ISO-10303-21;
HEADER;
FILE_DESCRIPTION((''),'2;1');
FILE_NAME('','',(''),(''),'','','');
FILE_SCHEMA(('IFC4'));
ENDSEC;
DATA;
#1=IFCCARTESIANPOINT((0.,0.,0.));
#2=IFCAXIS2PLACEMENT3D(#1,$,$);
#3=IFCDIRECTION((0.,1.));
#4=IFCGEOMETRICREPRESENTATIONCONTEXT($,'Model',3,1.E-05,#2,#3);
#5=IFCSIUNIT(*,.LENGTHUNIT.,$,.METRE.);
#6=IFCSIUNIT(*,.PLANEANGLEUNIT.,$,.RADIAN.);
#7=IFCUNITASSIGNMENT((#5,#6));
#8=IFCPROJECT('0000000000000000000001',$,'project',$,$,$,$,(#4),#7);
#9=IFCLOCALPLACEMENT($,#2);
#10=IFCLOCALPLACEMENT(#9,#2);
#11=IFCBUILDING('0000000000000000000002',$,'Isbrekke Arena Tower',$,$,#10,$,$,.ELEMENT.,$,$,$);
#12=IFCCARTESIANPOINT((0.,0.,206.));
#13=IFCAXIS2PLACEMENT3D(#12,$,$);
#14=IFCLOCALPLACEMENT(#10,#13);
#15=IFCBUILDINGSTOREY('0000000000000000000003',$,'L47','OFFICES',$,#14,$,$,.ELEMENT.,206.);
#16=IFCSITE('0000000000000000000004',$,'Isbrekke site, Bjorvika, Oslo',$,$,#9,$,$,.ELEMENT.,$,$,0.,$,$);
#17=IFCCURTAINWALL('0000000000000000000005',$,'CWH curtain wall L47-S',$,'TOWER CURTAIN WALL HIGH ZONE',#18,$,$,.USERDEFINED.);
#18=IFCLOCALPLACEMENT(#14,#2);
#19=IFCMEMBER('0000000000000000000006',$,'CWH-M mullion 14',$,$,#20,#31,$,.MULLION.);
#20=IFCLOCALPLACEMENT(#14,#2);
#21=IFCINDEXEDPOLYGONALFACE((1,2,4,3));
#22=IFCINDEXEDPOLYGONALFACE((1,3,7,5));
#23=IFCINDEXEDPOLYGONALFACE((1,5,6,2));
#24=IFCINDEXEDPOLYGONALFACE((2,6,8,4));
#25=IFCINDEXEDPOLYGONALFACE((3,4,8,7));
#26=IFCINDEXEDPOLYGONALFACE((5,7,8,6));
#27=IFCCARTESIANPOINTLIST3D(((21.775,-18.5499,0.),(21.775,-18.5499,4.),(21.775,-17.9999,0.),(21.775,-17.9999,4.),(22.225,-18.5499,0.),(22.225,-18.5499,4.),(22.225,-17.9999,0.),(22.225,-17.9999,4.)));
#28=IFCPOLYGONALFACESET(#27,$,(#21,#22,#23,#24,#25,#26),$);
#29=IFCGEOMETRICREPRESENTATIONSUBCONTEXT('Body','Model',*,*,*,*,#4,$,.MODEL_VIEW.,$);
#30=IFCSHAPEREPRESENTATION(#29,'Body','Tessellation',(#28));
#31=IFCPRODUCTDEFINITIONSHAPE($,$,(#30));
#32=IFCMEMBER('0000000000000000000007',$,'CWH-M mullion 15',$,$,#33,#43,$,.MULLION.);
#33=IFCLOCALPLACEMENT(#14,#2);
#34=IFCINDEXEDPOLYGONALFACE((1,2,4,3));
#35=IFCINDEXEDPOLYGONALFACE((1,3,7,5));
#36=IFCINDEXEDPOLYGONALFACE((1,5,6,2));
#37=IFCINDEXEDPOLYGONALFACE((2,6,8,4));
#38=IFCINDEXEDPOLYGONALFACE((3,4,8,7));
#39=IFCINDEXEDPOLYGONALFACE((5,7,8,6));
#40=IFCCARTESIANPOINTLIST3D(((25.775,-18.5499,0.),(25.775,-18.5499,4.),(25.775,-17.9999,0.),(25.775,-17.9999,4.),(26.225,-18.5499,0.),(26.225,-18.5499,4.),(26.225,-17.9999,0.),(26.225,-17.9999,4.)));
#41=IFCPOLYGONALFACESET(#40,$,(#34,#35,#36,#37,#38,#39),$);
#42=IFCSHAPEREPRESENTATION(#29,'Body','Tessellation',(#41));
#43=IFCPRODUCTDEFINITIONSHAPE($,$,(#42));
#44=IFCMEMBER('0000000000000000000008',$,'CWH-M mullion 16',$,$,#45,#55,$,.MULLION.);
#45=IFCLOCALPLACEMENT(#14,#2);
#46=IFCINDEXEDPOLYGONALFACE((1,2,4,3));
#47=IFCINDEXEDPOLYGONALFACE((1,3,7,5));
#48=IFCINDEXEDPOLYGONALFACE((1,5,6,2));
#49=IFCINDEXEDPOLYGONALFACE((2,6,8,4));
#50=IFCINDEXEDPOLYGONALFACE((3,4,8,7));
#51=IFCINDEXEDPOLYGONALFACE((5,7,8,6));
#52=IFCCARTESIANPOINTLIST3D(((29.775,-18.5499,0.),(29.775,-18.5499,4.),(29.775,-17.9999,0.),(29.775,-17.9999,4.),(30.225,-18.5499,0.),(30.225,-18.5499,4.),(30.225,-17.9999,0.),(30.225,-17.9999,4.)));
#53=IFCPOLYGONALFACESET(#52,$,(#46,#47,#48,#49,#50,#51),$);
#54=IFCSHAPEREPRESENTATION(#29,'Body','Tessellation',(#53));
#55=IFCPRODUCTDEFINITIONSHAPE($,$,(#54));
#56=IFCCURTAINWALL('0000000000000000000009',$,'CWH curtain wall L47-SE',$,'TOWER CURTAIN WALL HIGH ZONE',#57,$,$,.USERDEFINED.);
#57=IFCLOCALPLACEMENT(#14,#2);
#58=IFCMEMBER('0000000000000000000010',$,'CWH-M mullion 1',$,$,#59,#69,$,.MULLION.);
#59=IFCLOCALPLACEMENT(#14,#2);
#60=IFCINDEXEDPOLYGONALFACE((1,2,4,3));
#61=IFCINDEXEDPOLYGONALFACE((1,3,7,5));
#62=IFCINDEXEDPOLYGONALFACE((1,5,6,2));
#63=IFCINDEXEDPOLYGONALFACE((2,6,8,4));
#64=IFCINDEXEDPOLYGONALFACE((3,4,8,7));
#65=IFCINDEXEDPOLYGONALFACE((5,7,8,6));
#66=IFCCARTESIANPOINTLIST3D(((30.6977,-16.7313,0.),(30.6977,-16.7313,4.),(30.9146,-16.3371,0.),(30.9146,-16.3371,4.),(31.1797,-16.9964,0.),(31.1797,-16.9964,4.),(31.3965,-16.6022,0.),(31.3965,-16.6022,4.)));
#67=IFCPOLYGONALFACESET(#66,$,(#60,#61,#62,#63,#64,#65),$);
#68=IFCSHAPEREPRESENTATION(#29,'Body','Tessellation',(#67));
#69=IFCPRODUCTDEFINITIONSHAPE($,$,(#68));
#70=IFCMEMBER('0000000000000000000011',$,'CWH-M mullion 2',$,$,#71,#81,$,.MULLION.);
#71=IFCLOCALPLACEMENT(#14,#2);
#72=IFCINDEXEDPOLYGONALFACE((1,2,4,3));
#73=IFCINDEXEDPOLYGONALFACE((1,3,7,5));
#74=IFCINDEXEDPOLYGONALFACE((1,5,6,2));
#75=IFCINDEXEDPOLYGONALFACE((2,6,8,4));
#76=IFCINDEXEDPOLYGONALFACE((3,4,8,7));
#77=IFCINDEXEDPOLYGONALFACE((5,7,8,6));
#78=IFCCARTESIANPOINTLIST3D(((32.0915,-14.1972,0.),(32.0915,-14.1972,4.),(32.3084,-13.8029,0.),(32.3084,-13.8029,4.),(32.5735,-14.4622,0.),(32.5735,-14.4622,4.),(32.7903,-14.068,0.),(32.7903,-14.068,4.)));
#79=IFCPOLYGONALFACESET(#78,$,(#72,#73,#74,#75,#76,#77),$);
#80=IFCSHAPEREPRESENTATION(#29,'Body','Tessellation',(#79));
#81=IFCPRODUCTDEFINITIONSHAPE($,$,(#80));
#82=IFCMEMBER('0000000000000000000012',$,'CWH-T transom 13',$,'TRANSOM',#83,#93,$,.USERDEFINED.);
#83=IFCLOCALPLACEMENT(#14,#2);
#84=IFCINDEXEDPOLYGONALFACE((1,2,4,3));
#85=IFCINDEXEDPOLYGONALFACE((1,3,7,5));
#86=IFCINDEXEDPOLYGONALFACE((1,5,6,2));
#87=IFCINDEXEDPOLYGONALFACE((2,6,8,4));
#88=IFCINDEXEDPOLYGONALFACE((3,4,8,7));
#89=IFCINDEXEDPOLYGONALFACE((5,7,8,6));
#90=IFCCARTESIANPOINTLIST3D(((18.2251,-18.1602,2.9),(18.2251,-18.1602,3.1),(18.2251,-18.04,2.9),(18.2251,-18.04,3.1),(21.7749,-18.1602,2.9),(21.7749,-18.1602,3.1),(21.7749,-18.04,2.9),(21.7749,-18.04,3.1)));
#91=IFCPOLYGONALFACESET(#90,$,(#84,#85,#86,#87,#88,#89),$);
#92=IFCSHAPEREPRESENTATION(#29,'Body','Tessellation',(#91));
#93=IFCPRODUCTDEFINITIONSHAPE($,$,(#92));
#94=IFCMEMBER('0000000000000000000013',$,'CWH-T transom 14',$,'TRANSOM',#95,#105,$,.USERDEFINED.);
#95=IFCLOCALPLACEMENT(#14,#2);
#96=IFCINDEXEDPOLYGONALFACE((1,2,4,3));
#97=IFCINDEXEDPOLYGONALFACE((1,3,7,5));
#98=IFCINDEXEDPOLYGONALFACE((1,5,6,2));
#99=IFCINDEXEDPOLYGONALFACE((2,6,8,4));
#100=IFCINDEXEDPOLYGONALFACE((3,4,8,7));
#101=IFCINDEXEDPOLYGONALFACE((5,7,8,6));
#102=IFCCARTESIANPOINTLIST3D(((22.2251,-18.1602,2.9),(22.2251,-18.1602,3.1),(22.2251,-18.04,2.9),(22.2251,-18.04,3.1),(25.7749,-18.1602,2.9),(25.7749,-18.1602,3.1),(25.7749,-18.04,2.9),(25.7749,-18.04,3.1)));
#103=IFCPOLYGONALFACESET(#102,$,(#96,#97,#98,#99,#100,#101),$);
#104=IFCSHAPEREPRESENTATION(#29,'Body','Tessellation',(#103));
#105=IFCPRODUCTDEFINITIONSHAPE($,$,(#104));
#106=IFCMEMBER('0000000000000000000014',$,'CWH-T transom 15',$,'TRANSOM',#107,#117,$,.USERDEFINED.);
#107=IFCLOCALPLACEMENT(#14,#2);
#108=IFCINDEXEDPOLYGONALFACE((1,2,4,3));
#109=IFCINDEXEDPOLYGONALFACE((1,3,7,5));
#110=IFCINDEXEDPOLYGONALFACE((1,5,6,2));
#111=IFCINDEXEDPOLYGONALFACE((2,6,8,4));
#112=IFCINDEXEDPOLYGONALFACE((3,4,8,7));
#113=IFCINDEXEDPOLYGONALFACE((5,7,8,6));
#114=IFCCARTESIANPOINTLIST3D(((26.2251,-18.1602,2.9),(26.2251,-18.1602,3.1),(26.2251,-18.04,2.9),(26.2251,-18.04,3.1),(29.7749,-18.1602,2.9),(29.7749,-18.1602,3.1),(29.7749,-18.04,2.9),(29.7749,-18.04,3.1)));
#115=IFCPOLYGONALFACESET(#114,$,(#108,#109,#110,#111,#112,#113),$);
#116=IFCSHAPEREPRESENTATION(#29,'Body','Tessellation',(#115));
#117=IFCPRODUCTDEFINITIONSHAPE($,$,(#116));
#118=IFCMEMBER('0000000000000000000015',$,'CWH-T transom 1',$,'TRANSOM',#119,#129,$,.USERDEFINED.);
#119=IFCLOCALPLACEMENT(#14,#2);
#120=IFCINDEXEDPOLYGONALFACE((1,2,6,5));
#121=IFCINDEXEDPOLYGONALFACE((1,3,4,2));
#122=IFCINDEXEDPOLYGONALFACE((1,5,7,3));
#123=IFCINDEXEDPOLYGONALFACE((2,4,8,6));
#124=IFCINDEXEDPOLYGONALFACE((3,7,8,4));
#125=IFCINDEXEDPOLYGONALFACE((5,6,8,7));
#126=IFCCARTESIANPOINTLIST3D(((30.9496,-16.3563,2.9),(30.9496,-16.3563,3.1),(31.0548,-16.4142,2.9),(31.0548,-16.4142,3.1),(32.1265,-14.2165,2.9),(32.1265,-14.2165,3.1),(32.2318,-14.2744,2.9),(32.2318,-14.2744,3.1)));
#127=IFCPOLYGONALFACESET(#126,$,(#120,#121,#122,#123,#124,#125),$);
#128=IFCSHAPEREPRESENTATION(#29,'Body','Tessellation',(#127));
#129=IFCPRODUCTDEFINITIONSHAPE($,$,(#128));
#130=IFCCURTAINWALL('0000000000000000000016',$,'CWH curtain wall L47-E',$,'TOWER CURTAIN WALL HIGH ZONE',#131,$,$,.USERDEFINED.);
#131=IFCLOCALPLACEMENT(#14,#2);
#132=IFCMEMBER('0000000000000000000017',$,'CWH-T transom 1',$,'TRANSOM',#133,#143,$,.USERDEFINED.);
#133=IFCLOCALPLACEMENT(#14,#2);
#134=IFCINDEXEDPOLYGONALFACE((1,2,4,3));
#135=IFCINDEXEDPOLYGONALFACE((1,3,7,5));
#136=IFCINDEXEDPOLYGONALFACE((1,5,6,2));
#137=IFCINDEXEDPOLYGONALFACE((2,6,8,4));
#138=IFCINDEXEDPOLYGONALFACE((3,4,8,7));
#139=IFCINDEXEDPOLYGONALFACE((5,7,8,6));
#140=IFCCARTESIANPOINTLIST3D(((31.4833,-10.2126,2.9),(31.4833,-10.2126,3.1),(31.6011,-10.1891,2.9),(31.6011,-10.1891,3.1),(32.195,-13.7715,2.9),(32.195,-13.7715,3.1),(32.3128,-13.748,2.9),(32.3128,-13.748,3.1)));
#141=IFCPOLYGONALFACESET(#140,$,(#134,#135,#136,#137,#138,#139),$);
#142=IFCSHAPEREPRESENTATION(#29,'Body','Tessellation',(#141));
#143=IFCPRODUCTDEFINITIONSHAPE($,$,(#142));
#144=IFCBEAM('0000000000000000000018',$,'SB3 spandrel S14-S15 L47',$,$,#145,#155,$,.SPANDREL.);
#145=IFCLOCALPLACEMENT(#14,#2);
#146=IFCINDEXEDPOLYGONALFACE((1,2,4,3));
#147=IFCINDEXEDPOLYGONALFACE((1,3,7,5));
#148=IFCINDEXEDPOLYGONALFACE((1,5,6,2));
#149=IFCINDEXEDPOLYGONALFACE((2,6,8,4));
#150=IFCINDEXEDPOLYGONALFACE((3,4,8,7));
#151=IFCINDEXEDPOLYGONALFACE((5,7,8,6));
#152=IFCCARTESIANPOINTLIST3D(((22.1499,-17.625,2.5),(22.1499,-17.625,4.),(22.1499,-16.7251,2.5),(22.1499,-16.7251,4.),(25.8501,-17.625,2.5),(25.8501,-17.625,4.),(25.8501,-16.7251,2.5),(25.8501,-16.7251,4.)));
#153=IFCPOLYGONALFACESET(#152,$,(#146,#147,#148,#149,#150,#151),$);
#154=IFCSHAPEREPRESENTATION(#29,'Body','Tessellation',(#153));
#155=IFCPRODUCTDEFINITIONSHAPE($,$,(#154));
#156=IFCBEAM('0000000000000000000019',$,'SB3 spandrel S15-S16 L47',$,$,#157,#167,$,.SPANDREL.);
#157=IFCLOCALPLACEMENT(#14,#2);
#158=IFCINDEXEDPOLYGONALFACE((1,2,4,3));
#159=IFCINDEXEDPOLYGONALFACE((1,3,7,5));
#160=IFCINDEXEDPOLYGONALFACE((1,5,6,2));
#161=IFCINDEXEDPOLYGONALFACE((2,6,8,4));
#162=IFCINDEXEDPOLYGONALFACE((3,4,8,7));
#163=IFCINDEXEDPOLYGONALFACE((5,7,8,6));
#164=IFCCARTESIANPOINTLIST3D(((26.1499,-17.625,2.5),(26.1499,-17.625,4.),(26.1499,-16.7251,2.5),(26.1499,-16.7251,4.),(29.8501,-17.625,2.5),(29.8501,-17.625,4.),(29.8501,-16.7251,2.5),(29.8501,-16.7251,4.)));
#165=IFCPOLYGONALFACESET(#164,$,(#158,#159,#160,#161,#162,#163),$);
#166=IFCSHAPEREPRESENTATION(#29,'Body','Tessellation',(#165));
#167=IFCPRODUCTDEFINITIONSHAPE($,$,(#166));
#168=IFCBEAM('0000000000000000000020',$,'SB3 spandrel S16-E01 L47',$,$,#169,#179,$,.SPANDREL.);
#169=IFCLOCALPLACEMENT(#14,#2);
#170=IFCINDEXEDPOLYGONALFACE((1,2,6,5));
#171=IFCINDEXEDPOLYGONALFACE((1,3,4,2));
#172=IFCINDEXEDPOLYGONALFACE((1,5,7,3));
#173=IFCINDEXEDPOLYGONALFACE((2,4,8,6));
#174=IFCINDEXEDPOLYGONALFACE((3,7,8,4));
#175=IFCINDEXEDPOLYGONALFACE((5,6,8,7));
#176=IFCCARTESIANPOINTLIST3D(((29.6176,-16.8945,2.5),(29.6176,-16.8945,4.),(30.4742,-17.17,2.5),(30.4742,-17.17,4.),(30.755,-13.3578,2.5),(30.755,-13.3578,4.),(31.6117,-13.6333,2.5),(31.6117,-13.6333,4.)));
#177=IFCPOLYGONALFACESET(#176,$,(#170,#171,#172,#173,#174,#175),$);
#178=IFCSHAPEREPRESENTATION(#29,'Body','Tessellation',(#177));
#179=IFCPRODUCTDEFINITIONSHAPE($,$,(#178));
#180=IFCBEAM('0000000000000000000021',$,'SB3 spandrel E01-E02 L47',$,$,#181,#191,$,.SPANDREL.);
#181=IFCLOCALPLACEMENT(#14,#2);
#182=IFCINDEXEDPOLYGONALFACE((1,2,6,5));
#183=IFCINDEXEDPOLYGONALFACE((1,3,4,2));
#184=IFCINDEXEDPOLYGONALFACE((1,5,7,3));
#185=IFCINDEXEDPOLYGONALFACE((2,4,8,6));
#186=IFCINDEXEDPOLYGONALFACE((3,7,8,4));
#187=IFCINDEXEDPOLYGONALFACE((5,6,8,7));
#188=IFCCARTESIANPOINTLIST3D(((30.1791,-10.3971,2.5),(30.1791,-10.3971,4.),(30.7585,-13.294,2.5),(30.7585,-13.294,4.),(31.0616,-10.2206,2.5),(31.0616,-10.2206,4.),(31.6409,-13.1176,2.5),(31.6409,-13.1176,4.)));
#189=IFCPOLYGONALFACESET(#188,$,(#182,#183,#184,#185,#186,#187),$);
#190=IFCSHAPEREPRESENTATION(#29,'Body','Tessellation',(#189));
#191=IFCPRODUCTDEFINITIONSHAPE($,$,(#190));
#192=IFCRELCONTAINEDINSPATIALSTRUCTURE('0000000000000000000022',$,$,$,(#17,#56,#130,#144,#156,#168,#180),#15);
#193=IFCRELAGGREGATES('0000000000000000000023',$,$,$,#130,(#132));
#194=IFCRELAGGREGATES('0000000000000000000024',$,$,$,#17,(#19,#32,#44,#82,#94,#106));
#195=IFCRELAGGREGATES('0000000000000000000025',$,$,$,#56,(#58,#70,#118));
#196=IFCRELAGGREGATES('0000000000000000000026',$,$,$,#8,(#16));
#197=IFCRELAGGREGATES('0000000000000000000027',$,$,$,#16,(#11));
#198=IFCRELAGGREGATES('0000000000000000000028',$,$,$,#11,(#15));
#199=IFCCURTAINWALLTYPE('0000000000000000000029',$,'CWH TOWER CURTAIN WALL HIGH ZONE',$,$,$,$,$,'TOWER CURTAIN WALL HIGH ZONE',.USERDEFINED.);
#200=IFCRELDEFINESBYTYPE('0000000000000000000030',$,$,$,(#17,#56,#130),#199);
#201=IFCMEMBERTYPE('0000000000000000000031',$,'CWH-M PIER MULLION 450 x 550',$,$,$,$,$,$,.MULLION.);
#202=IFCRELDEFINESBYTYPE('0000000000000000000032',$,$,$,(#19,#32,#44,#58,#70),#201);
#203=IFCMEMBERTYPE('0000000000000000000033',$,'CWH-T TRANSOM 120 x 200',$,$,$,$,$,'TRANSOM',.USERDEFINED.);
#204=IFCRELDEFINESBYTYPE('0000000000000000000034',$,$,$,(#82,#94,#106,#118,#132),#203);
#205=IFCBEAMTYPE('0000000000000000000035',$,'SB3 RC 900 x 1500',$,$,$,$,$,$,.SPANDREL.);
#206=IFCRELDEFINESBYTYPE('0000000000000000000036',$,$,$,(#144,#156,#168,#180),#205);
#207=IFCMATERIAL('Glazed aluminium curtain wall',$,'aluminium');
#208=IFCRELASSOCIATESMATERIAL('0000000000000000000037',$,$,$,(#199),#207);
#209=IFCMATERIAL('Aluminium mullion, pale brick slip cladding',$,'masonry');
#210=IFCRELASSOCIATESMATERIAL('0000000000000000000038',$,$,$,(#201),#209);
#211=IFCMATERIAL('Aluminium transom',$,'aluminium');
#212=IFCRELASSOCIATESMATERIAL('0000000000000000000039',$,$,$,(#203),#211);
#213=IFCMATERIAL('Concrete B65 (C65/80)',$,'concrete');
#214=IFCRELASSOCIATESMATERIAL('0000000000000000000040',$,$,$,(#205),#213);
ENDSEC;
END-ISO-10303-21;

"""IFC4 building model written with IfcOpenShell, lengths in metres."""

from ifc_helpers import new_model, si_unit, direction, frame, origin, origin_2d, place, context, subcontext, project, spatial, rectangle, extrude, material, material_profile, profile_set, type_object, element, aggregate, save


model = new_model("IFC4")

# Units and contexts
model_context = context("Model", 3, precision=1e-05, world=origin(), true_north=direction((0.0, 1.0)))
body_context = subcontext(model_context, "Body", "Model", "MODEL_VIEW")
ifc_project = project(units=[si_unit("LENGTHUNIT", "METRE"), si_unit("PLANEANGLEUNIT", "RADIAN")], contexts=[model_context])

# Site, building, storey
site_placement = place(None, origin())
site = spatial("IfcSite", under=ifc_project, at=site_placement, Name="Isbrekke site, Bjorvika, Oslo", CompositionType="ELEMENT", RefElevation=0.0)
building_placement = place(site_placement, origin())
building = spatial("IfcBuilding", under=site, at=building_placement, Name="Isbrekke Arena Tower", CompositionType="ELEMENT")
storey_placement = place(building_placement, frame((0.0, 0.0, 206.0)))
storey = spatial("IfcBuildingStorey", under=building, at=storey_placement, Name="L47", Description="OFFICES", CompositionType="ELEMENT", Elevation=206.0)

# Curtain walls, members
ifc_material_1 = material(Name="Glazed aluminium curtain wall", Category="aluminium")
curtain_wall_type = type_object("IfcCurtainWallType", Name="CWH TOWER CURTAIN WALL HIGH ZONE", ElementType="TOWER CURTAIN WALL HIGH ZONE", PredefinedType="USERDEFINED", material=ifc_material_1)
curtain_wall_1_placement = place(storey_placement, origin())
curtain_wall_1 = element("IfcCurtainWall", 1, at=curtain_wall_1_placement, inside=storey, type_object=curtain_wall_type, Name="CWH curtain wall L47-S", ObjectType="TOWER CURTAIN WALL HIGH ZONE", PredefinedType="USERDEFINED")
ifc_material_2 = material(Name="Aluminium mullion, pale brick slip cladding", Category="masonry")
ifc_material_profile_1 = material_profile(ifc_material_2, rectangle(XDim=0.45, YDim=0.55, at=origin_2d()), Name="PIER 450X550")
ifc_profile_set_1 = profile_set([ifc_material_profile_1], Name="Aluminium mullion, pale brick slip cladding")
member_type_1 = type_object("IfcMemberType", Name="CWH-M PIER MULLION 450 x 550", PredefinedType="MULLION", material=ifc_profile_set_1)
member_1_placement = place(storey_placement, frame((22.0, -18.2749, 0.0), z_axis=(0.0, 0.0, 1.0), x_axis=(1.0, 0.0, 0.0)))
member_1 = element("IfcMember", 2, at=member_1_placement, type_object=member_type_1, Name="CWH-M mullion 14", PredefinedType="MULLION", context=body_context, shape_type="SweptSolid", body=[
    extrude(rectangle(XDim=0.45, YDim=0.55, at=origin_2d()), origin(), (0.0, 0.0, 1.0), 4.0),
])
member_2_placement = place(storey_placement, frame((26.0, -18.2749, 0.0), z_axis=(0.0, 0.0, 1.0), x_axis=(1.0, 0.0, 0.0)))
member_2 = element("IfcMember", 3, at=member_2_placement, type_object=member_type_1, Name="CWH-M mullion 15", PredefinedType="MULLION", context=body_context, shape_type="SweptSolid", body=[
    extrude(rectangle(XDim=0.45, YDim=0.55, at=origin_2d()), origin(), (0.0, 0.0, 1.0), 4.0),
])
member_3_placement = place(storey_placement, frame((30.0, -18.2749, 0.0), z_axis=(0.0, 0.0, 1.0), x_axis=(1.0, 0.0, 0.0)))
member_3 = element("IfcMember", 4, at=member_3_placement, type_object=member_type_1, Name="CWH-M mullion 16", PredefinedType="MULLION", context=body_context, shape_type="SweptSolid", body=[
    extrude(rectangle(XDim=0.45, YDim=0.55, at=origin_2d()), origin(), (0.0, 0.0, 1.0), 4.0),
])
curtain_wall_2_placement = place(storey_placement, origin())
curtain_wall_2 = element("IfcCurtainWall", 5, at=curtain_wall_2_placement, inside=storey, type_object=curtain_wall_type, Name="CWH curtain wall L47-SE", ObjectType="TOWER CURTAIN WALL HIGH ZONE", PredefinedType="USERDEFINED")
member_4_placement = place(storey_placement, frame((31.0471, -16.6667, 0.0), z_axis=(0.0, 0.0, 1.0), x_axis=(0.481919, 0.876216, 0.0)))
member_4 = element("IfcMember", 6, at=member_4_placement, type_object=member_type_1, Name="CWH-M mullion 1", PredefinedType="MULLION", context=body_context, shape_type="SweptSolid", body=[
    extrude(rectangle(XDim=0.45, YDim=0.55, at=origin_2d()), origin(), (0.0, 0.0, 1.0), 4.0),
])
member_5_placement = place(storey_placement, frame((32.4409, -14.1326, 0.0), z_axis=(0.0, 0.0, 1.0), x_axis=(0.481919, 0.876216, 0.0)))
member_5 = element("IfcMember", 7, at=member_5_placement, type_object=member_type_1, Name="CWH-M mullion 2", PredefinedType="MULLION", context=body_context, shape_type="SweptSolid", body=[
    extrude(rectangle(XDim=0.45, YDim=0.55, at=origin_2d()), origin(), (0.0, 0.0, 1.0), 4.0),
])

# Members
ifc_material_3 = material(Name="Aluminium transom", Category="aluminium")
ifc_material_profile_2 = material_profile(ifc_material_3, rectangle(XDim=0.1201, YDim=0.2, at=origin_2d()), Name="TRANSOM 120X200")
ifc_profile_set_2 = profile_set([ifc_material_profile_2], Name="Aluminium transom")
member_type_2 = type_object("IfcMemberType", Name="CWH-T TRANSOM 120 x 200", ElementType="TRANSOM", PredefinedType="USERDEFINED", material=ifc_profile_set_2)
member_6_placement = place(storey_placement, frame((18.2251, -18.1001, 3.0), z_axis=(1.0, 0.0, 0.0), x_axis=(0.0, 1.0, 0.0)))
member_6 = element("IfcMember", 8, at=member_6_placement, type_object=member_type_2, Name="CWH-T transom 13", ObjectType="TRANSOM", PredefinedType="USERDEFINED", context=body_context, shape_type="SweptSolid", body=[
    extrude(rectangle(XDim=0.1201, YDim=0.2, at=origin_2d()), origin(), (0.0, 0.0, 1.0), 3.5498),
])
member_7_placement = place(storey_placement, frame((22.2251, -18.1001, 3.0), z_axis=(1.0, 0.0, 0.0), x_axis=(0.0, 1.0, 0.0)))
member_7 = element("IfcMember", 9, at=member_7_placement, type_object=member_type_2, Name="CWH-T transom 14", ObjectType="TRANSOM", PredefinedType="USERDEFINED", context=body_context, shape_type="SweptSolid", body=[
    extrude(rectangle(XDim=0.1201, YDim=0.2, at=origin_2d()), origin(), (0.0, 0.0, 1.0), 3.5498),
])
member_8_placement = place(storey_placement, frame((26.2251, -18.1001, 3.0), z_axis=(1.0, 0.0, 0.0), x_axis=(0.0, 1.0, 0.0)))
member_8 = element("IfcMember", 10, at=member_8_placement, type_object=member_type_2, Name="CWH-T transom 15", ObjectType="TRANSOM", PredefinedType="USERDEFINED", context=body_context, shape_type="SweptSolid", body=[
    extrude(rectangle(XDim=0.1201, YDim=0.2, at=origin_2d()), origin(), (0.0, 0.0, 1.0), 3.5498),
])
member_9_placement = place(storey_placement, frame((31.0022, -16.3853, 3.0), z_axis=(0.481938, 0.876205, 0.0), x_axis=(-0.876205, 0.481938, 0.0)))
member_9 = element("IfcMember", 11, at=member_9_placement, type_object=member_type_2, Name="CWH-T transom 1", ObjectType="TRANSOM", PredefinedType="USERDEFINED", context=body_context, shape_type="SweptSolid", body=[
    extrude(rectangle(XDim=0.1201, YDim=0.2, at=origin_2d()), origin(), (0.0, 0.0, 1.0), 2.4421),
])

# Curtain wall, member
curtain_wall_3_placement = place(storey_placement, origin())
curtain_wall_3 = element("IfcCurtainWall", 12, at=curtain_wall_3_placement, inside=storey, type_object=curtain_wall_type, Name="CWH curtain wall L47-E", ObjectType="TOWER CURTAIN WALL HIGH ZONE", PredefinedType="USERDEFINED")
member_10_placement = place(storey_placement, frame((32.2539, -13.7598, 3.0), z_axis=(-0.19609, 0.980586, 0.0), x_axis=(-0.980586, -0.19609, 0.0)))
member_10 = element("IfcMember", 13, at=member_10_placement, type_object=member_type_2, Name="CWH-T transom 1", ObjectType="TRANSOM", PredefinedType="USERDEFINED", context=body_context, shape_type="SweptSolid", body=[
    extrude(rectangle(XDim=0.1201, YDim=0.2, at=origin_2d()), origin(), (0.0, 0.0, 1.0), 3.6294),
])
aggregate(curtain_wall_3, [member_10])

# Beams
ifc_material_4 = material(Name="Concrete B65 (C65/80)", Category="concrete")
ifc_material_profile_3 = material_profile(ifc_material_4, rectangle(XDim=0.8999, YDim=1.5, at=origin_2d()), Name="RC 900x1500")
ifc_profile_set_3 = profile_set([ifc_material_profile_3], Name="Concrete B65 (C65/80)")
beam_type_1 = type_object("IfcBeamType", Name="SB3 RC 900 x 1500", PredefinedType="SPANDREL", material=ifc_profile_set_3)
for number, where, z_axis, x_axis, name in (
    (14, (22.1499, -17.175, 3.25), (1.0, 0.0, 0.0), (0.0, 1.0, 0.0), "SB3 spandrel S14-S15 L47"),
    (15, (26.1499, -17.175, 3.25), (1.0, 0.0, 0.0), (0.0, 1.0, 0.0), "SB3 spandrel S15-S16 L47"),
):
    element("IfcBeam", number, at=place(storey_placement, frame(where, z_axis=z_axis, x_axis=x_axis)), inside=storey, type_object=beam_type_1, Name=name, PredefinedType="SPANDREL", context=body_context, shape_type="SweptSolid", body=[
        extrude(rectangle(XDim=0.8999, YDim=1.5, at=origin_2d()), origin(), (0.0, 0.0, 1.0), 3.7002),
    ])
beam_1_placement = place(storey_placement, frame((30.0459, -17.0322, 3.25), z_axis=(0.306175, 0.951975, 0.0), x_axis=(-0.951975, 0.306175, 0.0)))
element("IfcBeam", 16, at=beam_1_placement, inside=storey, type_object=beam_type_1, Name="SB3 spandrel S16-E01 L47", PredefinedType="SPANDREL", context=body_context, shape_type="SweptSolid", body=[
    extrude(rectangle(XDim=0.8999, YDim=1.5, at=origin_2d()), origin(), (0.0, 0.0, 1.0), 3.7151),
])
beam_2_placement = place(storey_placement, frame((31.1997, -13.2058, 3.25), z_axis=(-0.1961, 0.980584, 0.0), x_axis=(-0.980584, -0.1961, 0.0)))
element("IfcBeam", 17, at=beam_2_placement, inside=storey, type_object=beam_type_1, Name="SB3 spandrel E01-E02 L47", PredefinedType="SPANDREL", context=body_context, shape_type="SweptSolid", body=[
    extrude(rectangle(XDim=0.8999, YDim=1.5, at=origin_2d()), origin(), (0.0, 0.0, 1.0), 2.9543),
])

aggregate(curtain_wall_1, [member_1, member_2, member_3, member_6, member_7, member_8])
aggregate(curtain_wall_2, [member_4, member_5, member_9])

save(model, "model.ifc")
